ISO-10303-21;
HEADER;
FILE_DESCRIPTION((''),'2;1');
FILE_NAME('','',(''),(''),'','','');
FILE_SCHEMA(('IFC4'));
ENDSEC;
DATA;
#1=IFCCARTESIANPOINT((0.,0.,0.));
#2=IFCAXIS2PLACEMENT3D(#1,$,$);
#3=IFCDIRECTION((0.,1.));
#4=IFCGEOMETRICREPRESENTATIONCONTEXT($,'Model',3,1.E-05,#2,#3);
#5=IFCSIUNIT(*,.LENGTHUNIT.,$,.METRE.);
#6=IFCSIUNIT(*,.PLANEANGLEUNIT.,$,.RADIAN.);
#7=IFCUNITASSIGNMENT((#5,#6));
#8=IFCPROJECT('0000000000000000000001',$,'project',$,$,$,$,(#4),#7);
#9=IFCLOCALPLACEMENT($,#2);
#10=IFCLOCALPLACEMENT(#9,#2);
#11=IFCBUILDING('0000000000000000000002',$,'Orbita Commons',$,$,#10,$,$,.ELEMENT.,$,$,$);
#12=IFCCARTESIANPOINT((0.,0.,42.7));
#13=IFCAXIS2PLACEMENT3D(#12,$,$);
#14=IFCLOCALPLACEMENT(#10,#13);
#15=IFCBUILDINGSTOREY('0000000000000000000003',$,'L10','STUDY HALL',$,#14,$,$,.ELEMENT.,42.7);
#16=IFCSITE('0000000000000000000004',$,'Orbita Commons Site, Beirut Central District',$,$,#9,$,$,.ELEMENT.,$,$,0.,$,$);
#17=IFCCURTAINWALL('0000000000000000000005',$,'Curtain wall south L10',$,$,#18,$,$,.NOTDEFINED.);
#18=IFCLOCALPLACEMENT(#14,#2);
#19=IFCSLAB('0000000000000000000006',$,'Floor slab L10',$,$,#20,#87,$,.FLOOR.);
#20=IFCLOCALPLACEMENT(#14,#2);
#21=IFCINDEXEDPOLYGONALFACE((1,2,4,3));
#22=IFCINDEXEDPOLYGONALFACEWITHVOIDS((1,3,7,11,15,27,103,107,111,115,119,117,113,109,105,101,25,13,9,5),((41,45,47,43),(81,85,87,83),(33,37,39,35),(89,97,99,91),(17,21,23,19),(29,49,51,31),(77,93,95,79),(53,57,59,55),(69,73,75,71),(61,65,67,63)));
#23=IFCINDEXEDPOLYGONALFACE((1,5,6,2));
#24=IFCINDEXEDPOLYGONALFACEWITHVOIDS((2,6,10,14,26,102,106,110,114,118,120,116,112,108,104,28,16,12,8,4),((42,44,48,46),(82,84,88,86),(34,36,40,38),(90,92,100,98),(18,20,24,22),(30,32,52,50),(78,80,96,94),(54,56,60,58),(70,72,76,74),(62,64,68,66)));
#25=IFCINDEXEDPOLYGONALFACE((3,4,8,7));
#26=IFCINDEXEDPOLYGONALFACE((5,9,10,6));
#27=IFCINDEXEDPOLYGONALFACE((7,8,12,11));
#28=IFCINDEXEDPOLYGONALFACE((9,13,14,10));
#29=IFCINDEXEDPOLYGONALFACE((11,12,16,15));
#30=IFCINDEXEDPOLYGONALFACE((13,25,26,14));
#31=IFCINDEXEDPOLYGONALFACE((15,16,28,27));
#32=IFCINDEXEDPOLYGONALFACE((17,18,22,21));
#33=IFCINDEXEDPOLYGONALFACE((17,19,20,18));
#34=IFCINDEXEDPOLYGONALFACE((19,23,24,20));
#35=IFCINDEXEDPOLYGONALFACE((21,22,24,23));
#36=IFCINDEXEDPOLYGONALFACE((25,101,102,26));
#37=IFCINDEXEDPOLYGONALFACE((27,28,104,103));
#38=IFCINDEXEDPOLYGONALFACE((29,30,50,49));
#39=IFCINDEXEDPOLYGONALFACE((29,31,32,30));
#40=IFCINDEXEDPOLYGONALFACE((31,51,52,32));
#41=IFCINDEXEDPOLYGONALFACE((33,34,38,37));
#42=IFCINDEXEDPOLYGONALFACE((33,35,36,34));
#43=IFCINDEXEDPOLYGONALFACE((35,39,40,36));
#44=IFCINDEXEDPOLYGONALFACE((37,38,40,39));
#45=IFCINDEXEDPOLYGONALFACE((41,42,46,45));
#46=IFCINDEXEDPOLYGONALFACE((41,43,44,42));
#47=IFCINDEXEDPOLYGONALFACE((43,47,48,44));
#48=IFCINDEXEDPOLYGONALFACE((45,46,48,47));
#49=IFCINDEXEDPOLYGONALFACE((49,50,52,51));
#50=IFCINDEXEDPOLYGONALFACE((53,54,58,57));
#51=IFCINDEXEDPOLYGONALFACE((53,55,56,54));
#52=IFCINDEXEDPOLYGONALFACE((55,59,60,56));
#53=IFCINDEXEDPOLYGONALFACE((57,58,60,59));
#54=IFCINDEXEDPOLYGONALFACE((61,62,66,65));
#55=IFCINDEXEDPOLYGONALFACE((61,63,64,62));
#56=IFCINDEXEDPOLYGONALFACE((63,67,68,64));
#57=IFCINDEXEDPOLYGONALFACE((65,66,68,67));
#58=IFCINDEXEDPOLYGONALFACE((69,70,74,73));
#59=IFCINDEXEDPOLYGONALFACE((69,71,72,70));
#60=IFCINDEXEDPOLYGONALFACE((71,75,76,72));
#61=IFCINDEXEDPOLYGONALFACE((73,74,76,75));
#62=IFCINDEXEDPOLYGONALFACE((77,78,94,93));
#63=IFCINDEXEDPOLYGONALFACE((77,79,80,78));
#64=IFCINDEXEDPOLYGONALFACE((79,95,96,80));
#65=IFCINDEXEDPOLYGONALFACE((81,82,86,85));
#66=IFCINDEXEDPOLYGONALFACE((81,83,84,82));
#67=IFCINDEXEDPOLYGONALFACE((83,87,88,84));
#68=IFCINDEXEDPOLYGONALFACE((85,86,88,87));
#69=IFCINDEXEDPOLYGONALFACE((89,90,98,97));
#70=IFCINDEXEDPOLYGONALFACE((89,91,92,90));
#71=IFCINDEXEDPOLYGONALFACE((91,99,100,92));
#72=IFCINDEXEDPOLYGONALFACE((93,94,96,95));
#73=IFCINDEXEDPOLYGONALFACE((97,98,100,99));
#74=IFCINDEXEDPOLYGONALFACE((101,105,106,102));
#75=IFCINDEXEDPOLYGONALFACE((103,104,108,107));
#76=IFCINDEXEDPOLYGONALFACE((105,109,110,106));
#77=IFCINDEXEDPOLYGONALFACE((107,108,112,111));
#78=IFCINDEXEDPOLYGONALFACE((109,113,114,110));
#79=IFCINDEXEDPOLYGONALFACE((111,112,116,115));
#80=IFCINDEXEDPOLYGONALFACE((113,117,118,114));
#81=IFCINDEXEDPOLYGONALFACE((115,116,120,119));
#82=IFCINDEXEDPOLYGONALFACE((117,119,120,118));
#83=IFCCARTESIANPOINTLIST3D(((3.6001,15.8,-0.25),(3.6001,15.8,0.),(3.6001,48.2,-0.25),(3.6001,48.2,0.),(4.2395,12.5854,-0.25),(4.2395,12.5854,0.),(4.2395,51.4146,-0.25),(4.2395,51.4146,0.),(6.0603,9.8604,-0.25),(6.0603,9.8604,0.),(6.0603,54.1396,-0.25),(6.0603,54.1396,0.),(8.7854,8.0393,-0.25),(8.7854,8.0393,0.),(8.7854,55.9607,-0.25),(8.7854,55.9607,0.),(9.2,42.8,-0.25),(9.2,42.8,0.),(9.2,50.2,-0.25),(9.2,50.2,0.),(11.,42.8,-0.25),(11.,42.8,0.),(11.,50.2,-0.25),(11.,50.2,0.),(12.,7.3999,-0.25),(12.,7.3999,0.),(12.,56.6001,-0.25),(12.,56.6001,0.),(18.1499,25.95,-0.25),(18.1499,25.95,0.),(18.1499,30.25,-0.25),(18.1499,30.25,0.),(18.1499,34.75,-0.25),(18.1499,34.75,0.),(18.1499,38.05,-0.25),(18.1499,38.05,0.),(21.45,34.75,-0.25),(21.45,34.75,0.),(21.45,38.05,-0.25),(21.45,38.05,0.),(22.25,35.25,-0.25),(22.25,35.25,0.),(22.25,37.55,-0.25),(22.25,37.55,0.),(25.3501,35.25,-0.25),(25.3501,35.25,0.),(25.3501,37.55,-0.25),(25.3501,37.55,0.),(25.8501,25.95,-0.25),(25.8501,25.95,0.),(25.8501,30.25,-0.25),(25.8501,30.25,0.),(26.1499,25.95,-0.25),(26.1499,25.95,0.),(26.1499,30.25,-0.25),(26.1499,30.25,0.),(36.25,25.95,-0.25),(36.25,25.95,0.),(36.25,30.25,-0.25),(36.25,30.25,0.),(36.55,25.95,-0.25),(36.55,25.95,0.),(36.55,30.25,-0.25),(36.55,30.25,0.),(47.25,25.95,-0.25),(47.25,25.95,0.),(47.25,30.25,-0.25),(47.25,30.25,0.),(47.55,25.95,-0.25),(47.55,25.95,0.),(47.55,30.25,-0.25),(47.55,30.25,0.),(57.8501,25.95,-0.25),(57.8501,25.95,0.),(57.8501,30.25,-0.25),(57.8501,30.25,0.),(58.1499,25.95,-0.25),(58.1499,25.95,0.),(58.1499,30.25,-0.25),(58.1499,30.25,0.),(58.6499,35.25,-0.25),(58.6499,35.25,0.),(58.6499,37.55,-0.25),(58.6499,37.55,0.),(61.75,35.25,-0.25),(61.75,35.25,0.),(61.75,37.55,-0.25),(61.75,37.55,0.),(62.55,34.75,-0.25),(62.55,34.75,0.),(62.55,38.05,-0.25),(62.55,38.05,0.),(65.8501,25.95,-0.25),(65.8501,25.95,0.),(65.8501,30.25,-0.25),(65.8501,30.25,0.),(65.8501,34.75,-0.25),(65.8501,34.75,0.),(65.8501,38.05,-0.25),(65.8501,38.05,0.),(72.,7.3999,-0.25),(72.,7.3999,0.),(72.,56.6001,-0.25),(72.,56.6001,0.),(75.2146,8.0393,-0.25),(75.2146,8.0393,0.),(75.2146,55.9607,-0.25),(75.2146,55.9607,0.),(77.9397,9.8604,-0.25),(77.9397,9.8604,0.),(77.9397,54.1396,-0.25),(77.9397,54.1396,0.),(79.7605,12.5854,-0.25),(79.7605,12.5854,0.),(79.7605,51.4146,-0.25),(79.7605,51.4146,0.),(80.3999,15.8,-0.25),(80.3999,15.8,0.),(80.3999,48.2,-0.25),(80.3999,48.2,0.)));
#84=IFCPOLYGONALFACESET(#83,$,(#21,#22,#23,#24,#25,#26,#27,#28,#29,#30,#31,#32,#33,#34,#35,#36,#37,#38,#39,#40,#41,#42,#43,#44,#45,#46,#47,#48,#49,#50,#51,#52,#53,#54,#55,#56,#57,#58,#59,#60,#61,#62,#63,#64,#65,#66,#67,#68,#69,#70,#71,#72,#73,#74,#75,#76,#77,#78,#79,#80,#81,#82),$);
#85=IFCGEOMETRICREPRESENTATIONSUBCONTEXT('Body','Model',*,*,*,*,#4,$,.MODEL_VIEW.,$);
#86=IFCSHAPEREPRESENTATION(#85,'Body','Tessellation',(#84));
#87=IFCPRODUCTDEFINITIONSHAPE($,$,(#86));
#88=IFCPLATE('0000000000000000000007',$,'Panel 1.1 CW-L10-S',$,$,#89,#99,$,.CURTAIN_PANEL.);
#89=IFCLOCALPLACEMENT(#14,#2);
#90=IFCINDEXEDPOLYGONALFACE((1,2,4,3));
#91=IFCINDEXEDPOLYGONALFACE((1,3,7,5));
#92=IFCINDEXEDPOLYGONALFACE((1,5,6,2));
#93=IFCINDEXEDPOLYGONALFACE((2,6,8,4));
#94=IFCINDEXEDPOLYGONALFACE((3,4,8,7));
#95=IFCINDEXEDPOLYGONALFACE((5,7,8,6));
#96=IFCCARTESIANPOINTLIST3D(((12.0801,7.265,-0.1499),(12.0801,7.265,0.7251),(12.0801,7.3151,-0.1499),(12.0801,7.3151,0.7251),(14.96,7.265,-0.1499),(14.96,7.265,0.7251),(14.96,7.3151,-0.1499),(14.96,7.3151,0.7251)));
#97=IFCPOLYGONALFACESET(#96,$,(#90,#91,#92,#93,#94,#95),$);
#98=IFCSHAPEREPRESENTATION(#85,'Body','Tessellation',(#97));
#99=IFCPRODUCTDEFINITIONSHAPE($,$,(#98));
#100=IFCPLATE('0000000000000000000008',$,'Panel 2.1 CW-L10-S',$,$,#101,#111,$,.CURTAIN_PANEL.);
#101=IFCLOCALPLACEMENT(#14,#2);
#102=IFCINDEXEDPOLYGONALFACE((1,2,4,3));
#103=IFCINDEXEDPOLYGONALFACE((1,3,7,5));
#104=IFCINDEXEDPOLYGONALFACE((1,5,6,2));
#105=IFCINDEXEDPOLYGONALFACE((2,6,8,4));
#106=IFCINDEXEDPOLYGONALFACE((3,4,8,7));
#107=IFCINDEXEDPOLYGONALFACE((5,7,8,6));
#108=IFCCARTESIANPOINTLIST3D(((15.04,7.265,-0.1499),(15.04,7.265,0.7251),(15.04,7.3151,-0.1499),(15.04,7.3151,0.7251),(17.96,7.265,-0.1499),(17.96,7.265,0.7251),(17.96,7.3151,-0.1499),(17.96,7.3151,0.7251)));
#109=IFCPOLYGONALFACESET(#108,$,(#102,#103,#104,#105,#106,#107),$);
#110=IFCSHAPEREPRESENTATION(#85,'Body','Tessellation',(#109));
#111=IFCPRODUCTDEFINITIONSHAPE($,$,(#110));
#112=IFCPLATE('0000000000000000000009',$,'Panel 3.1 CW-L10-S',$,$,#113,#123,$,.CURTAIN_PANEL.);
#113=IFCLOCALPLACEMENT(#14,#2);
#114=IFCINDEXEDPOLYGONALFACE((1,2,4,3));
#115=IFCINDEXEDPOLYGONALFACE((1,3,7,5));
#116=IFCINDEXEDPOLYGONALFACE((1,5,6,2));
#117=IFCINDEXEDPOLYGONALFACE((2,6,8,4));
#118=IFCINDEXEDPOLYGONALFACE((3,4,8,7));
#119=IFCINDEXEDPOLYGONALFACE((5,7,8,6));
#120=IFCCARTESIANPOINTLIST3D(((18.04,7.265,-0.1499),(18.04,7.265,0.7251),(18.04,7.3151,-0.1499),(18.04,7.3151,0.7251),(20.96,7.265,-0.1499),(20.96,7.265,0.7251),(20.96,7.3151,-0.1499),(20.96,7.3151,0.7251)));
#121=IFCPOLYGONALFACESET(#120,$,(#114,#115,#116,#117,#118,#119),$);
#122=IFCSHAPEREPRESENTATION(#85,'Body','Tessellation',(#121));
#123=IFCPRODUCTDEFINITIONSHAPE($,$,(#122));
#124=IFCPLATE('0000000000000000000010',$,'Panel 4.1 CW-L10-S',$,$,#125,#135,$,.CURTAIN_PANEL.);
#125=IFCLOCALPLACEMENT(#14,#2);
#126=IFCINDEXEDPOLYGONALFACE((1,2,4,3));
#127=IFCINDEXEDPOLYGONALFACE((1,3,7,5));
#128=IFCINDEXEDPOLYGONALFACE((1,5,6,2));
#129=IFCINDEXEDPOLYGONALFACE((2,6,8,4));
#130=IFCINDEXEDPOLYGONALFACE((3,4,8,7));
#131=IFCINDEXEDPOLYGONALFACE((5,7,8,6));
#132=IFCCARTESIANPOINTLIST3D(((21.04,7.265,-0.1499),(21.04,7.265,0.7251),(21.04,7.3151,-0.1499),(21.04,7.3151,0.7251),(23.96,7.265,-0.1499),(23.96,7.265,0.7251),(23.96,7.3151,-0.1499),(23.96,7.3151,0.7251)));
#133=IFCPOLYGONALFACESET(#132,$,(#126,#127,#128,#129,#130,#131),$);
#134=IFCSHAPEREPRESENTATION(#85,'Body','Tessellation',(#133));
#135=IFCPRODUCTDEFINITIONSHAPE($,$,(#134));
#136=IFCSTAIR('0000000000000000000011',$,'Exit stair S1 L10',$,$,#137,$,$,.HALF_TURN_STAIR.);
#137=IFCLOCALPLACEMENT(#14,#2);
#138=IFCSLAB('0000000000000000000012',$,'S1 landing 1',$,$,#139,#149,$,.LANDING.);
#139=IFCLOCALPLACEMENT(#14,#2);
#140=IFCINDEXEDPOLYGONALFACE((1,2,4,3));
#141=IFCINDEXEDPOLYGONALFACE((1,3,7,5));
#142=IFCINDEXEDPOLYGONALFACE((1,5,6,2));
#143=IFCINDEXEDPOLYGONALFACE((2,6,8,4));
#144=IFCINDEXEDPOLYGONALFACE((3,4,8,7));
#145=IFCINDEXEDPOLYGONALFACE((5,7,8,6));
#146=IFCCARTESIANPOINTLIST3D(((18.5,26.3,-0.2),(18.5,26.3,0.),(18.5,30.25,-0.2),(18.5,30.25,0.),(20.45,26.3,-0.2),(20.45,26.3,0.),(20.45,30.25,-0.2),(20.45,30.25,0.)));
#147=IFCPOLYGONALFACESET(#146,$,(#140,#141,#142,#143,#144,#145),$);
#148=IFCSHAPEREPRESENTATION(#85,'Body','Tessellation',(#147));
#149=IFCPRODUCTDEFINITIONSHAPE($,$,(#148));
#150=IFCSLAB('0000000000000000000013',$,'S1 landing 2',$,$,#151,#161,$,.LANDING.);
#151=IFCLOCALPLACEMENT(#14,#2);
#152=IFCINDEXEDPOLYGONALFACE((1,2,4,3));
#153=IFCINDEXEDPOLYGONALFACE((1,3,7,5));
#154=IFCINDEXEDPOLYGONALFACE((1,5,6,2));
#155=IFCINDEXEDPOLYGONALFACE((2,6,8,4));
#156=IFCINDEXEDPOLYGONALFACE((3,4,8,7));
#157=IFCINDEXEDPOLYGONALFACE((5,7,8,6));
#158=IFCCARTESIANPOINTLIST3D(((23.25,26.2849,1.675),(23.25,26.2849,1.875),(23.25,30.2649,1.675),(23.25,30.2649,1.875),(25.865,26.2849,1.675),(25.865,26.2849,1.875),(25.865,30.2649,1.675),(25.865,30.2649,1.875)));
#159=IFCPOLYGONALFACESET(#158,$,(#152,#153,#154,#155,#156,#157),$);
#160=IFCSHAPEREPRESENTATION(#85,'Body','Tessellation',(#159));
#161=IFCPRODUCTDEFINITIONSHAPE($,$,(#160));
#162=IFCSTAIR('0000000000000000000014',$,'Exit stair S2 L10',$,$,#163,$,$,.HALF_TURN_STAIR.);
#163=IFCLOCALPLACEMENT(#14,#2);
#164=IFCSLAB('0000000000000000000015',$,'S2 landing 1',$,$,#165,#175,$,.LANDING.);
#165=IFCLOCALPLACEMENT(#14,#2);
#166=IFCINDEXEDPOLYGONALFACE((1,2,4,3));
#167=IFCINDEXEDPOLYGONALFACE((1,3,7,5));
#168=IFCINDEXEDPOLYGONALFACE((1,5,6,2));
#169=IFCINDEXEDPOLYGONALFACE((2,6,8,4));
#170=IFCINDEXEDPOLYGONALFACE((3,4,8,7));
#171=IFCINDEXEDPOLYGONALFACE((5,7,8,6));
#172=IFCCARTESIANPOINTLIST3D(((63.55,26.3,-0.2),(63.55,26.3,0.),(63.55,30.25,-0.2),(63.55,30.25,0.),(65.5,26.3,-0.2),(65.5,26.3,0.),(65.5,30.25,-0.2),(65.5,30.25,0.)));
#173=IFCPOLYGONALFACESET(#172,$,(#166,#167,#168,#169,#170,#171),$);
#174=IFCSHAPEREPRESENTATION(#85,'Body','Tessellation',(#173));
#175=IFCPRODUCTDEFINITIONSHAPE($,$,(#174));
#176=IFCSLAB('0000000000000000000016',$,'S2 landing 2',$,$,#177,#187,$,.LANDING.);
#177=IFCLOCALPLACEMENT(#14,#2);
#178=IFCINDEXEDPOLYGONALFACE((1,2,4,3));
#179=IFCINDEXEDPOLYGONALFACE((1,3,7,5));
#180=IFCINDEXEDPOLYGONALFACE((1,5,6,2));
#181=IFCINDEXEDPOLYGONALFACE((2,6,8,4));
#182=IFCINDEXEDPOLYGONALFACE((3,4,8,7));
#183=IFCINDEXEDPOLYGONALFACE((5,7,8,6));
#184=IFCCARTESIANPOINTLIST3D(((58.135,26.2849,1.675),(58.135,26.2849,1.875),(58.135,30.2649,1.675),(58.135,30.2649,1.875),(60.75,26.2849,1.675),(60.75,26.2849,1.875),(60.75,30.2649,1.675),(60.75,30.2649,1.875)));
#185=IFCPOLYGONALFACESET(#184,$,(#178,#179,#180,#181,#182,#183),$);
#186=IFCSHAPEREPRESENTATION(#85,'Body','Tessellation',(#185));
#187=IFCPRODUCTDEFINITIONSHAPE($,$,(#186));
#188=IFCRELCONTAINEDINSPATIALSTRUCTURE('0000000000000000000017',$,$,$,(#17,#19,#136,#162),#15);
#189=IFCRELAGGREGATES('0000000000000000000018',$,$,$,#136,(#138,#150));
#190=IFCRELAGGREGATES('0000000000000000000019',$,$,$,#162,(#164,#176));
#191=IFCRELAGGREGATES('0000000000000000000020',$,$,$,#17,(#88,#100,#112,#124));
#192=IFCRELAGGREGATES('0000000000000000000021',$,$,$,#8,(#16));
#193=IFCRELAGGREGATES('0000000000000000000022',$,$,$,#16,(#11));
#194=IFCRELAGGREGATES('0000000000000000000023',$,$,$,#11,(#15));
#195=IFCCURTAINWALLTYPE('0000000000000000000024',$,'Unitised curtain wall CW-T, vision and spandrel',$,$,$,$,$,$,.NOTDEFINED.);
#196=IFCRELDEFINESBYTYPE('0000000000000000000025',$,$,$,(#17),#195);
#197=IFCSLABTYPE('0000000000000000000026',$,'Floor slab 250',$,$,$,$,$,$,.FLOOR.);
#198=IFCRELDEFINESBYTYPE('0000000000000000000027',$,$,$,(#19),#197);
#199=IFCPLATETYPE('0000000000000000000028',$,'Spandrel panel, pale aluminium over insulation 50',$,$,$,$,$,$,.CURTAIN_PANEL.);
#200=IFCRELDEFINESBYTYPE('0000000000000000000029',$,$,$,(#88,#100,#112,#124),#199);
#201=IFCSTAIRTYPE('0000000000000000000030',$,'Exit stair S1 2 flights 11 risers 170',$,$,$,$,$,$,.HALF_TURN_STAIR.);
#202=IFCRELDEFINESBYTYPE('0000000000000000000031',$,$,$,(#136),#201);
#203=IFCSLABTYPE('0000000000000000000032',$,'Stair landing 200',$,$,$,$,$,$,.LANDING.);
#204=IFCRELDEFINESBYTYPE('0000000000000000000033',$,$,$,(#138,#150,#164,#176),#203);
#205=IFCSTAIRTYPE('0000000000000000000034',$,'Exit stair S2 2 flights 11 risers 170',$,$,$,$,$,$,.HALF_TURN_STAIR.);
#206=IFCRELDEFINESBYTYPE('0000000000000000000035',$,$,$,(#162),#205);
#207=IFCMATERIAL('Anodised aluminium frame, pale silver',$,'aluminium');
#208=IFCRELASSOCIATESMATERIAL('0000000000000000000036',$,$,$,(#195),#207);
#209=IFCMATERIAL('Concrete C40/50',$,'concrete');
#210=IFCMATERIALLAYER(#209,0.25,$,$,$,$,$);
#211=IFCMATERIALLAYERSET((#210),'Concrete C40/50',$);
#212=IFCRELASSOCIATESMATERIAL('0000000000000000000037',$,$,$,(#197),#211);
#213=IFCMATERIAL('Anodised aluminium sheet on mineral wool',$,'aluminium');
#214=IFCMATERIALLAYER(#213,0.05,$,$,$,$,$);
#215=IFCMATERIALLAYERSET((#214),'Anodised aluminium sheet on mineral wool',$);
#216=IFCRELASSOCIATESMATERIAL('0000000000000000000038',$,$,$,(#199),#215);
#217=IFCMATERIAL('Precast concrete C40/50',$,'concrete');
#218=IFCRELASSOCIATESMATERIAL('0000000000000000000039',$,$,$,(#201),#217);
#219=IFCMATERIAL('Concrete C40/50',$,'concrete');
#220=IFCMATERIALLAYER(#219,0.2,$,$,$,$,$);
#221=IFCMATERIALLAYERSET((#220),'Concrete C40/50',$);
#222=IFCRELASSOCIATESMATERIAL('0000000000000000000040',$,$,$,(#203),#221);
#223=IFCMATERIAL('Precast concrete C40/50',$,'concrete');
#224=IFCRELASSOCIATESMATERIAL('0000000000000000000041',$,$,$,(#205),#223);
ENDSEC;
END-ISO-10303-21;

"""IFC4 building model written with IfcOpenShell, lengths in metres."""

from ifc_helpers import new_model, si_unit, direction, frame, origin, origin_2d, place, context, subcontext, project, spatial, polyline, rectangle, outline, extrude, material, layer, layer_set, type_object, element, aggregate, save


model = new_model("IFC4")

# Units and contexts
model_context = context("Model", 3, precision=1e-05, world=origin(), true_north=direction((0.0, 1.0)))
body_context = subcontext(model_context, "Body", "Model", "MODEL_VIEW")
ifc_project = project(units=[si_unit("LENGTHUNIT", "METRE"), si_unit("PLANEANGLEUNIT", "RADIAN")], contexts=[model_context])

# Site, building, storey
site_placement = place(None, origin())
site = spatial("IfcSite", under=ifc_project, at=site_placement, Name="Orbita Commons Site, Beirut Central District", CompositionType="ELEMENT", RefElevation=0.0)
building_placement = place(site_placement, origin())
building = spatial("IfcBuilding", under=site, at=building_placement, Name="Orbita Commons", CompositionType="ELEMENT")
storey_placement = place(building_placement, frame((0.0, 0.0, 42.7)))
storey = spatial("IfcBuildingStorey", under=building, at=storey_placement, Name="L10", Description="STUDY HALL", CompositionType="ELEMENT", Elevation=42.7)

# Curtain wall
ifc_material_1 = material(Name="Anodised aluminium frame, pale silver", Category="aluminium")
curtain_wall_type = type_object("IfcCurtainWallType", Name="Unitised curtain wall CW-T, vision and spandrel", PredefinedType="NOTDEFINED", material=ifc_material_1)
curtain_wall_placement = place(storey_placement, origin())
curtain_wall = element("IfcCurtainWall", 1, at=curtain_wall_placement, inside=storey, type_object=curtain_wall_type, Name="Curtain wall south L10", PredefinedType="NOTDEFINED")

# Slab
ifc_material_2 = material(Name="Concrete C40/50", Category="concrete")
ifc_layer_1 = layer(ifc_material_2, 0.25)
ifc_layer_set_1 = layer_set([ifc_layer_1], Name="Concrete C40/50")
slab_type_1 = type_object("IfcSlabType", Name="Floor slab 250", PredefinedType="FLOOR", material=ifc_layer_set_1)
slab_1_placement = place(storey_placement, frame((0.0, 0.0, -0.25)))
element("IfcSlab", 2, at=slab_1_placement, inside=storey, type_object=slab_type_1, Name="Floor slab L10", PredefinedType="FLOOR", context=body_context, shape_type="SweptSolid", body=[
    extrude(outline(polyline([(72.0, 7.3999), (75.2146, 8.0393), (77.9397, 9.8604), (79.7605, 12.5854), (80.3999, 15.8), (80.3999, 48.2), (79.7605, 51.4146), (77.9397, 54.1396), (75.2146, 55.9607), (72.0, 56.6001), (12.0, 56.6001), (8.7854, 55.9607), (6.0603, 54.1396), (4.2395, 51.4146), (3.6001, 48.2), (3.6001, 15.8), (4.2395, 12.5854), (6.0603, 9.8604), (8.7854, 8.0393), (12.0, 7.3999), (72.0, 7.3999)]), holes=[polyline([(18.1499, 25.95), (25.8501, 25.95), (25.8501, 30.25), (18.1499, 30.25), (18.1499, 25.95)]), polyline([(58.1499, 25.95), (65.8501, 25.95), (65.8501, 30.25), (58.1499, 30.25), (58.1499, 25.95)]), polyline([(18.1499, 34.75), (21.45, 34.75), (21.45, 38.05), (18.1499, 38.05), (18.1499, 34.75)]), polyline([(62.55, 34.75), (65.8501, 34.75), (65.8501, 38.05), (62.55, 38.05), (62.55, 34.75)]), polyline([(22.25, 35.25), (25.3501, 35.25), (25.3501, 37.55), (22.25, 37.55), (22.25, 35.25)]), polyline([(58.6499, 35.25), (61.75, 35.25), (61.75, 37.55), (58.6499, 37.55), (58.6499, 35.25)]), polyline([(26.1499, 25.95), (36.25, 25.95), (36.25, 30.25), (26.1499, 30.25), (26.1499, 25.95)]), polyline([(36.55, 25.95), (47.25, 25.95), (47.25, 30.25), (36.55, 30.25), (36.55, 25.95)]), polyline([(47.55, 25.95), (57.8501, 25.95), (57.8501, 30.25), (47.55, 30.25), (47.55, 25.95)]), polyline([(9.2, 42.8), (11.0, 42.8), (11.0, 50.2), (9.2, 50.2), (9.2, 42.8)])]), origin(), (0.0, 0.0, 1.0), 0.25),
])

# Plates
ifc_material_3 = material(Name="Anodised aluminium sheet on mineral wool", Category="aluminium")
ifc_layer_2 = layer(ifc_material_3, 0.05)
ifc_layer_set_2 = layer_set([ifc_layer_2], Name="Anodised aluminium sheet on mineral wool")
plate_type_1 = type_object("IfcPlateType", Name="Spandrel panel, pale aluminium over insulation 50", PredefinedType="CURTAIN_PANEL", material=ifc_layer_set_2)
plate_1_placement = place(storey_placement, frame((13.52, 7.29, -0.1499), z_axis=(0.0, 0.0, 1.0), x_axis=(1.0, 0.0, 0.0)))
plate_1 = element("IfcPlate", 3, at=plate_1_placement, type_object=plate_type_1, Name="Panel 1.1 CW-L10-S", PredefinedType="CURTAIN_PANEL", context=body_context, shape_type="SweptSolid", body=[
    extrude(rectangle(XDim=2.8799, YDim=0.05, at=origin_2d()), origin(), (0.0, 0.0, 1.0), 0.875),
])
plate_2_placement = place(storey_placement, frame((16.5, 7.29, -0.1499), z_axis=(0.0, 0.0, 1.0), x_axis=(1.0, 0.0, 0.0)))
plate_2 = element("IfcPlate", 4, at=plate_2_placement, type_object=plate_type_1, Name="Panel 2.1 CW-L10-S", PredefinedType="CURTAIN_PANEL", context=body_context, shape_type="SweptSolid", body=[
    extrude(rectangle(XDim=2.9199, YDim=0.05, at=origin_2d()), origin(), (0.0, 0.0, 1.0), 0.875),
])
plate_3_placement = place(storey_placement, frame((19.5, 7.29, -0.1499), z_axis=(0.0, 0.0, 1.0), x_axis=(1.0, 0.0, 0.0)))
plate_3 = element("IfcPlate", 5, at=plate_3_placement, type_object=plate_type_1, Name="Panel 3.1 CW-L10-S", PredefinedType="CURTAIN_PANEL", context=body_context, shape_type="SweptSolid", body=[
    extrude(rectangle(XDim=2.9199, YDim=0.05, at=origin_2d()), origin(), (0.0, 0.0, 1.0), 0.875),
])
plate_4_placement = place(storey_placement, frame((22.5, 7.29, -0.1499), z_axis=(0.0, 0.0, 1.0), x_axis=(1.0, 0.0, 0.0)))
plate_4 = element("IfcPlate", 6, at=plate_4_placement, type_object=plate_type_1, Name="Panel 4.1 CW-L10-S", PredefinedType="CURTAIN_PANEL", context=body_context, shape_type="SweptSolid", body=[
    extrude(rectangle(XDim=2.9199, YDim=0.05, at=origin_2d()), origin(), (0.0, 0.0, 1.0), 0.875),
])

# Stairs, slabs
ifc_material_4 = material(Name="Precast concrete C40/50", Category="concrete")
stair_type_1 = type_object("IfcStairType", Name="Exit stair S1 2 flights 11 risers 170", PredefinedType="HALF_TURN_STAIR", material=ifc_material_4)
stair_1_placement = place(storey_placement, origin())
stair_1 = element("IfcStair", 7, at=stair_1_placement, inside=storey, type_object=stair_type_1, Name="Exit stair S1 L10", PredefinedType="HALF_TURN_STAIR")
ifc_material_5 = material(Name="Concrete C40/50", Category="concrete")
ifc_layer_3 = layer(ifc_material_5, 0.2)
ifc_layer_set_3 = layer_set([ifc_layer_3], Name="Concrete C40/50")
slab_type_2 = type_object("IfcSlabType", Name="Stair landing 200", PredefinedType="LANDING", material=ifc_layer_set_3)
slab_2_placement = place(storey_placement, frame((0.0, 0.0, -0.2)))
slab_2 = element("IfcSlab", 8, at=slab_2_placement, type_object=slab_type_2, Name="S1 landing 1", PredefinedType="LANDING", context=body_context, shape_type="SweptSolid", body=[
    extrude(outline(polyline([(18.5, 26.3), (20.45, 26.3), (20.45, 30.25), (18.5, 30.25), (18.5, 26.3)])), origin(), (0.0, 0.0, 1.0), 0.2),
])
slab_3_placement = place(storey_placement, frame((0.0, 0.0, 1.675)))
slab_3 = element("IfcSlab", 9, at=slab_3_placement, type_object=slab_type_2, Name="S1 landing 2", PredefinedType="LANDING", context=body_context, shape_type="SweptSolid", body=[
    extrude(outline(polyline([(23.25, 26.2849), (25.865, 26.2849), (25.865, 30.2649), (23.25, 30.2649), (23.25, 26.2849)])), origin(), (0.0, 0.0, 1.0), 0.2),
])
aggregate(stair_1, [slab_2, slab_3])
ifc_material_6 = material(Name="Precast concrete C40/50", Category="concrete")
stair_type_2 = type_object("IfcStairType", Name="Exit stair S2 2 flights 11 risers 170", PredefinedType="HALF_TURN_STAIR", material=ifc_material_6)
stair_2_placement = place(storey_placement, origin())
stair_2 = element("IfcStair", 10, at=stair_2_placement, inside=storey, type_object=stair_type_2, Name="Exit stair S2 L10", PredefinedType="HALF_TURN_STAIR")
slab_4_placement = place(storey_placement, frame((0.0, 0.0, -0.2)))
slab_4 = element("IfcSlab", 11, at=slab_4_placement, type_object=slab_type_2, Name="S2 landing 1", PredefinedType="LANDING", context=body_context, shape_type="SweptSolid", body=[
    extrude(outline(polyline([(63.55, 26.3), (65.5, 26.3), (65.5, 30.25), (63.55, 30.25), (63.55, 26.3)])), origin(), (0.0, 0.0, 1.0), 0.2),
])
slab_5_placement = place(storey_placement, frame((0.0, 0.0, 1.675)))
slab_5 = element("IfcSlab", 12, at=slab_5_placement, type_object=slab_type_2, Name="S2 landing 2", PredefinedType="LANDING", context=body_context, shape_type="SweptSolid", body=[
    extrude(outline(polyline([(58.135, 26.2849), (60.75, 26.2849), (60.75, 30.2649), (58.135, 30.2649), (58.135, 26.2849)])), origin(), (0.0, 0.0, 1.0), 0.2),
])
aggregate(stair_2, [slab_4, slab_5])

aggregate(curtain_wall, [plate_1, plate_2, plate_3, plate_4])

save(model, "model.ifc")
